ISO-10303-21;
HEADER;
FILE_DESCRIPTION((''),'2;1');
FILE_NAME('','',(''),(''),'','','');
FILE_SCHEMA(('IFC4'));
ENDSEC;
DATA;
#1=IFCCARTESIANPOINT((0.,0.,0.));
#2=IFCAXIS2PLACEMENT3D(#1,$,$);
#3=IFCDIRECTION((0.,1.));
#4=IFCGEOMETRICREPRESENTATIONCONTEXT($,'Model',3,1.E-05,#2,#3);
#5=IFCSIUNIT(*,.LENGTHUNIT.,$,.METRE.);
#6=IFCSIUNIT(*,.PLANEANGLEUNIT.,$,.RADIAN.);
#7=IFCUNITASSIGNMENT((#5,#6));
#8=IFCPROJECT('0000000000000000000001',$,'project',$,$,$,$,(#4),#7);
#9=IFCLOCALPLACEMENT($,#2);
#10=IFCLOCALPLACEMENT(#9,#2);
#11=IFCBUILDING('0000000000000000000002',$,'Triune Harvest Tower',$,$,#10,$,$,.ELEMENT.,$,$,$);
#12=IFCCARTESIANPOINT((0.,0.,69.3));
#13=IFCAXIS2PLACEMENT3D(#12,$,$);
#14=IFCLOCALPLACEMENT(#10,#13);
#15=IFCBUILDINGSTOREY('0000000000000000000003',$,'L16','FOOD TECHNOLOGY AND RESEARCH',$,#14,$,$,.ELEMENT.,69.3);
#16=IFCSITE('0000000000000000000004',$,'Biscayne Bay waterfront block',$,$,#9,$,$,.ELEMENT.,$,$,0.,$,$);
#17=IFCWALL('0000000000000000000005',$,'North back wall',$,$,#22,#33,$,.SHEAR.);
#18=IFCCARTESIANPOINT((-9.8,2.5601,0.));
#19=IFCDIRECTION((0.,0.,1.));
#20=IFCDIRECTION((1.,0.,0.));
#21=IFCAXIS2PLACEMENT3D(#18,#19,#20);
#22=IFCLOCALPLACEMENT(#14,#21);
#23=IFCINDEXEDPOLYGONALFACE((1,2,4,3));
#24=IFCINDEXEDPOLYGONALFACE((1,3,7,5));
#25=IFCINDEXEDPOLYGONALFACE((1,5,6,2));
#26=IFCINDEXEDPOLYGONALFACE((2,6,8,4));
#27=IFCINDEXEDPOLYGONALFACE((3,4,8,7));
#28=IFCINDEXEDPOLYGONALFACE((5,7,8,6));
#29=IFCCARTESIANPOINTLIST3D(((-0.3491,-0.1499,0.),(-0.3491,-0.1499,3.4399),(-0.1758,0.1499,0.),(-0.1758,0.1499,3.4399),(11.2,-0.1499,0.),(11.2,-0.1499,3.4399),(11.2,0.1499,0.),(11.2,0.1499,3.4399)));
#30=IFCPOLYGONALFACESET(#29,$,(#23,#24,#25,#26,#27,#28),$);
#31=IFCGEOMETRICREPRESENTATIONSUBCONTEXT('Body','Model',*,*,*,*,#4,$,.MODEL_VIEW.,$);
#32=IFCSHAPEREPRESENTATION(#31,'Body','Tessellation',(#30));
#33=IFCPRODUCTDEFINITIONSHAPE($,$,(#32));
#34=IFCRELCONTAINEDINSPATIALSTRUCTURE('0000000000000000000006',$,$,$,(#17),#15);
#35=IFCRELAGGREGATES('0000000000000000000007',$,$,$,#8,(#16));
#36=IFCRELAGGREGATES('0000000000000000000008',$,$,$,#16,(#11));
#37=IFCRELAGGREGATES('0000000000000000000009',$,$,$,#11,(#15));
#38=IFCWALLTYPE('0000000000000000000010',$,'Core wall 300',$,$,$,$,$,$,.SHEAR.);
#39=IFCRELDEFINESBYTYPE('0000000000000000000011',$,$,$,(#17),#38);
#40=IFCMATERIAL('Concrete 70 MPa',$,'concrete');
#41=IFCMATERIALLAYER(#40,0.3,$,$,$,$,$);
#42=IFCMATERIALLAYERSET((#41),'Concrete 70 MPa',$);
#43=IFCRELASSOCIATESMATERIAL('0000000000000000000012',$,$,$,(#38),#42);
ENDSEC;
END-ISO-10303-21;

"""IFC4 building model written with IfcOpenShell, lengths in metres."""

from ifc_helpers import new_model, si_unit, direction, frame, origin, place, context, subcontext, project, spatial, polyline, outline, extrude, source, transform, mapped, material, layer, layer_set, type_object, element, save


model = new_model("IFC4")

# Units and contexts
model_context = context("Model", 3, precision=1e-05, world=origin(), true_north=direction((0.0, 1.0)))
body_context = subcontext(model_context, "Body", "Model", "MODEL_VIEW")
ifc_project = project(units=[si_unit("LENGTHUNIT", "METRE"), si_unit("PLANEANGLEUNIT", "RADIAN")], contexts=[model_context])

# Site, building, storey
site_placement = place(None, origin())
site = spatial("IfcSite", under=ifc_project, at=site_placement, Name="Biscayne Bay waterfront block", CompositionType="ELEMENT", RefElevation=0.0)
building_placement = place(site_placement, origin())
building = spatial("IfcBuilding", under=site, at=building_placement, Name="Triune Harvest Tower", CompositionType="ELEMENT")
storey_placement = place(building_placement, frame((0.0, 0.0, 69.3)))
storey = spatial("IfcBuildingStorey", under=building, at=storey_placement, Name="L16", Description="FOOD TECHNOLOGY AND RESEARCH", CompositionType="ELEMENT", Elevation=69.3)

# Shared definitions
ifc_material_1 = material(Name="Concrete 70 MPa", Category="concrete")
ifc_layer_1 = layer(ifc_material_1, 0.3)
ifc_layer_set_1 = layer_set([ifc_layer_1], Name="Concrete 70 MPa")
wall_type_1 = type_object("IfcWallType", Name="Core wall 300", PredefinedType="SHEAR", material=ifc_layer_set_1)

# Wall
shared_shape_1 = source(origin(), body_context, "Body", "SweptSolid", [
    extrude(outline(polyline([(11.2, -0.1499), (-0.3491, -0.1499), (-0.1758, 0.1499), (11.2, 0.1499), (11.2, -0.1499)])), origin(), (0.0, 0.0, 1.0), 3.4399),
])
wall_1_placement = place(storey_placement, frame((-9.8, 2.5601, 0.0), z_axis=(0.0, 0.0, 1.0), x_axis=(1.0, 0.0, 0.0)))
element("IfcWall", 1, at=wall_1_placement, inside=storey, type_object=wall_type_1, Name="North back wall", PredefinedType="SHEAR", context=body_context, shape_type="MappedRepresentation", body=[
    mapped(shared_shape_1, transform((0.0, 0.0, 0.0), scale=1.0)),
])

save(model, "model.ifc")
